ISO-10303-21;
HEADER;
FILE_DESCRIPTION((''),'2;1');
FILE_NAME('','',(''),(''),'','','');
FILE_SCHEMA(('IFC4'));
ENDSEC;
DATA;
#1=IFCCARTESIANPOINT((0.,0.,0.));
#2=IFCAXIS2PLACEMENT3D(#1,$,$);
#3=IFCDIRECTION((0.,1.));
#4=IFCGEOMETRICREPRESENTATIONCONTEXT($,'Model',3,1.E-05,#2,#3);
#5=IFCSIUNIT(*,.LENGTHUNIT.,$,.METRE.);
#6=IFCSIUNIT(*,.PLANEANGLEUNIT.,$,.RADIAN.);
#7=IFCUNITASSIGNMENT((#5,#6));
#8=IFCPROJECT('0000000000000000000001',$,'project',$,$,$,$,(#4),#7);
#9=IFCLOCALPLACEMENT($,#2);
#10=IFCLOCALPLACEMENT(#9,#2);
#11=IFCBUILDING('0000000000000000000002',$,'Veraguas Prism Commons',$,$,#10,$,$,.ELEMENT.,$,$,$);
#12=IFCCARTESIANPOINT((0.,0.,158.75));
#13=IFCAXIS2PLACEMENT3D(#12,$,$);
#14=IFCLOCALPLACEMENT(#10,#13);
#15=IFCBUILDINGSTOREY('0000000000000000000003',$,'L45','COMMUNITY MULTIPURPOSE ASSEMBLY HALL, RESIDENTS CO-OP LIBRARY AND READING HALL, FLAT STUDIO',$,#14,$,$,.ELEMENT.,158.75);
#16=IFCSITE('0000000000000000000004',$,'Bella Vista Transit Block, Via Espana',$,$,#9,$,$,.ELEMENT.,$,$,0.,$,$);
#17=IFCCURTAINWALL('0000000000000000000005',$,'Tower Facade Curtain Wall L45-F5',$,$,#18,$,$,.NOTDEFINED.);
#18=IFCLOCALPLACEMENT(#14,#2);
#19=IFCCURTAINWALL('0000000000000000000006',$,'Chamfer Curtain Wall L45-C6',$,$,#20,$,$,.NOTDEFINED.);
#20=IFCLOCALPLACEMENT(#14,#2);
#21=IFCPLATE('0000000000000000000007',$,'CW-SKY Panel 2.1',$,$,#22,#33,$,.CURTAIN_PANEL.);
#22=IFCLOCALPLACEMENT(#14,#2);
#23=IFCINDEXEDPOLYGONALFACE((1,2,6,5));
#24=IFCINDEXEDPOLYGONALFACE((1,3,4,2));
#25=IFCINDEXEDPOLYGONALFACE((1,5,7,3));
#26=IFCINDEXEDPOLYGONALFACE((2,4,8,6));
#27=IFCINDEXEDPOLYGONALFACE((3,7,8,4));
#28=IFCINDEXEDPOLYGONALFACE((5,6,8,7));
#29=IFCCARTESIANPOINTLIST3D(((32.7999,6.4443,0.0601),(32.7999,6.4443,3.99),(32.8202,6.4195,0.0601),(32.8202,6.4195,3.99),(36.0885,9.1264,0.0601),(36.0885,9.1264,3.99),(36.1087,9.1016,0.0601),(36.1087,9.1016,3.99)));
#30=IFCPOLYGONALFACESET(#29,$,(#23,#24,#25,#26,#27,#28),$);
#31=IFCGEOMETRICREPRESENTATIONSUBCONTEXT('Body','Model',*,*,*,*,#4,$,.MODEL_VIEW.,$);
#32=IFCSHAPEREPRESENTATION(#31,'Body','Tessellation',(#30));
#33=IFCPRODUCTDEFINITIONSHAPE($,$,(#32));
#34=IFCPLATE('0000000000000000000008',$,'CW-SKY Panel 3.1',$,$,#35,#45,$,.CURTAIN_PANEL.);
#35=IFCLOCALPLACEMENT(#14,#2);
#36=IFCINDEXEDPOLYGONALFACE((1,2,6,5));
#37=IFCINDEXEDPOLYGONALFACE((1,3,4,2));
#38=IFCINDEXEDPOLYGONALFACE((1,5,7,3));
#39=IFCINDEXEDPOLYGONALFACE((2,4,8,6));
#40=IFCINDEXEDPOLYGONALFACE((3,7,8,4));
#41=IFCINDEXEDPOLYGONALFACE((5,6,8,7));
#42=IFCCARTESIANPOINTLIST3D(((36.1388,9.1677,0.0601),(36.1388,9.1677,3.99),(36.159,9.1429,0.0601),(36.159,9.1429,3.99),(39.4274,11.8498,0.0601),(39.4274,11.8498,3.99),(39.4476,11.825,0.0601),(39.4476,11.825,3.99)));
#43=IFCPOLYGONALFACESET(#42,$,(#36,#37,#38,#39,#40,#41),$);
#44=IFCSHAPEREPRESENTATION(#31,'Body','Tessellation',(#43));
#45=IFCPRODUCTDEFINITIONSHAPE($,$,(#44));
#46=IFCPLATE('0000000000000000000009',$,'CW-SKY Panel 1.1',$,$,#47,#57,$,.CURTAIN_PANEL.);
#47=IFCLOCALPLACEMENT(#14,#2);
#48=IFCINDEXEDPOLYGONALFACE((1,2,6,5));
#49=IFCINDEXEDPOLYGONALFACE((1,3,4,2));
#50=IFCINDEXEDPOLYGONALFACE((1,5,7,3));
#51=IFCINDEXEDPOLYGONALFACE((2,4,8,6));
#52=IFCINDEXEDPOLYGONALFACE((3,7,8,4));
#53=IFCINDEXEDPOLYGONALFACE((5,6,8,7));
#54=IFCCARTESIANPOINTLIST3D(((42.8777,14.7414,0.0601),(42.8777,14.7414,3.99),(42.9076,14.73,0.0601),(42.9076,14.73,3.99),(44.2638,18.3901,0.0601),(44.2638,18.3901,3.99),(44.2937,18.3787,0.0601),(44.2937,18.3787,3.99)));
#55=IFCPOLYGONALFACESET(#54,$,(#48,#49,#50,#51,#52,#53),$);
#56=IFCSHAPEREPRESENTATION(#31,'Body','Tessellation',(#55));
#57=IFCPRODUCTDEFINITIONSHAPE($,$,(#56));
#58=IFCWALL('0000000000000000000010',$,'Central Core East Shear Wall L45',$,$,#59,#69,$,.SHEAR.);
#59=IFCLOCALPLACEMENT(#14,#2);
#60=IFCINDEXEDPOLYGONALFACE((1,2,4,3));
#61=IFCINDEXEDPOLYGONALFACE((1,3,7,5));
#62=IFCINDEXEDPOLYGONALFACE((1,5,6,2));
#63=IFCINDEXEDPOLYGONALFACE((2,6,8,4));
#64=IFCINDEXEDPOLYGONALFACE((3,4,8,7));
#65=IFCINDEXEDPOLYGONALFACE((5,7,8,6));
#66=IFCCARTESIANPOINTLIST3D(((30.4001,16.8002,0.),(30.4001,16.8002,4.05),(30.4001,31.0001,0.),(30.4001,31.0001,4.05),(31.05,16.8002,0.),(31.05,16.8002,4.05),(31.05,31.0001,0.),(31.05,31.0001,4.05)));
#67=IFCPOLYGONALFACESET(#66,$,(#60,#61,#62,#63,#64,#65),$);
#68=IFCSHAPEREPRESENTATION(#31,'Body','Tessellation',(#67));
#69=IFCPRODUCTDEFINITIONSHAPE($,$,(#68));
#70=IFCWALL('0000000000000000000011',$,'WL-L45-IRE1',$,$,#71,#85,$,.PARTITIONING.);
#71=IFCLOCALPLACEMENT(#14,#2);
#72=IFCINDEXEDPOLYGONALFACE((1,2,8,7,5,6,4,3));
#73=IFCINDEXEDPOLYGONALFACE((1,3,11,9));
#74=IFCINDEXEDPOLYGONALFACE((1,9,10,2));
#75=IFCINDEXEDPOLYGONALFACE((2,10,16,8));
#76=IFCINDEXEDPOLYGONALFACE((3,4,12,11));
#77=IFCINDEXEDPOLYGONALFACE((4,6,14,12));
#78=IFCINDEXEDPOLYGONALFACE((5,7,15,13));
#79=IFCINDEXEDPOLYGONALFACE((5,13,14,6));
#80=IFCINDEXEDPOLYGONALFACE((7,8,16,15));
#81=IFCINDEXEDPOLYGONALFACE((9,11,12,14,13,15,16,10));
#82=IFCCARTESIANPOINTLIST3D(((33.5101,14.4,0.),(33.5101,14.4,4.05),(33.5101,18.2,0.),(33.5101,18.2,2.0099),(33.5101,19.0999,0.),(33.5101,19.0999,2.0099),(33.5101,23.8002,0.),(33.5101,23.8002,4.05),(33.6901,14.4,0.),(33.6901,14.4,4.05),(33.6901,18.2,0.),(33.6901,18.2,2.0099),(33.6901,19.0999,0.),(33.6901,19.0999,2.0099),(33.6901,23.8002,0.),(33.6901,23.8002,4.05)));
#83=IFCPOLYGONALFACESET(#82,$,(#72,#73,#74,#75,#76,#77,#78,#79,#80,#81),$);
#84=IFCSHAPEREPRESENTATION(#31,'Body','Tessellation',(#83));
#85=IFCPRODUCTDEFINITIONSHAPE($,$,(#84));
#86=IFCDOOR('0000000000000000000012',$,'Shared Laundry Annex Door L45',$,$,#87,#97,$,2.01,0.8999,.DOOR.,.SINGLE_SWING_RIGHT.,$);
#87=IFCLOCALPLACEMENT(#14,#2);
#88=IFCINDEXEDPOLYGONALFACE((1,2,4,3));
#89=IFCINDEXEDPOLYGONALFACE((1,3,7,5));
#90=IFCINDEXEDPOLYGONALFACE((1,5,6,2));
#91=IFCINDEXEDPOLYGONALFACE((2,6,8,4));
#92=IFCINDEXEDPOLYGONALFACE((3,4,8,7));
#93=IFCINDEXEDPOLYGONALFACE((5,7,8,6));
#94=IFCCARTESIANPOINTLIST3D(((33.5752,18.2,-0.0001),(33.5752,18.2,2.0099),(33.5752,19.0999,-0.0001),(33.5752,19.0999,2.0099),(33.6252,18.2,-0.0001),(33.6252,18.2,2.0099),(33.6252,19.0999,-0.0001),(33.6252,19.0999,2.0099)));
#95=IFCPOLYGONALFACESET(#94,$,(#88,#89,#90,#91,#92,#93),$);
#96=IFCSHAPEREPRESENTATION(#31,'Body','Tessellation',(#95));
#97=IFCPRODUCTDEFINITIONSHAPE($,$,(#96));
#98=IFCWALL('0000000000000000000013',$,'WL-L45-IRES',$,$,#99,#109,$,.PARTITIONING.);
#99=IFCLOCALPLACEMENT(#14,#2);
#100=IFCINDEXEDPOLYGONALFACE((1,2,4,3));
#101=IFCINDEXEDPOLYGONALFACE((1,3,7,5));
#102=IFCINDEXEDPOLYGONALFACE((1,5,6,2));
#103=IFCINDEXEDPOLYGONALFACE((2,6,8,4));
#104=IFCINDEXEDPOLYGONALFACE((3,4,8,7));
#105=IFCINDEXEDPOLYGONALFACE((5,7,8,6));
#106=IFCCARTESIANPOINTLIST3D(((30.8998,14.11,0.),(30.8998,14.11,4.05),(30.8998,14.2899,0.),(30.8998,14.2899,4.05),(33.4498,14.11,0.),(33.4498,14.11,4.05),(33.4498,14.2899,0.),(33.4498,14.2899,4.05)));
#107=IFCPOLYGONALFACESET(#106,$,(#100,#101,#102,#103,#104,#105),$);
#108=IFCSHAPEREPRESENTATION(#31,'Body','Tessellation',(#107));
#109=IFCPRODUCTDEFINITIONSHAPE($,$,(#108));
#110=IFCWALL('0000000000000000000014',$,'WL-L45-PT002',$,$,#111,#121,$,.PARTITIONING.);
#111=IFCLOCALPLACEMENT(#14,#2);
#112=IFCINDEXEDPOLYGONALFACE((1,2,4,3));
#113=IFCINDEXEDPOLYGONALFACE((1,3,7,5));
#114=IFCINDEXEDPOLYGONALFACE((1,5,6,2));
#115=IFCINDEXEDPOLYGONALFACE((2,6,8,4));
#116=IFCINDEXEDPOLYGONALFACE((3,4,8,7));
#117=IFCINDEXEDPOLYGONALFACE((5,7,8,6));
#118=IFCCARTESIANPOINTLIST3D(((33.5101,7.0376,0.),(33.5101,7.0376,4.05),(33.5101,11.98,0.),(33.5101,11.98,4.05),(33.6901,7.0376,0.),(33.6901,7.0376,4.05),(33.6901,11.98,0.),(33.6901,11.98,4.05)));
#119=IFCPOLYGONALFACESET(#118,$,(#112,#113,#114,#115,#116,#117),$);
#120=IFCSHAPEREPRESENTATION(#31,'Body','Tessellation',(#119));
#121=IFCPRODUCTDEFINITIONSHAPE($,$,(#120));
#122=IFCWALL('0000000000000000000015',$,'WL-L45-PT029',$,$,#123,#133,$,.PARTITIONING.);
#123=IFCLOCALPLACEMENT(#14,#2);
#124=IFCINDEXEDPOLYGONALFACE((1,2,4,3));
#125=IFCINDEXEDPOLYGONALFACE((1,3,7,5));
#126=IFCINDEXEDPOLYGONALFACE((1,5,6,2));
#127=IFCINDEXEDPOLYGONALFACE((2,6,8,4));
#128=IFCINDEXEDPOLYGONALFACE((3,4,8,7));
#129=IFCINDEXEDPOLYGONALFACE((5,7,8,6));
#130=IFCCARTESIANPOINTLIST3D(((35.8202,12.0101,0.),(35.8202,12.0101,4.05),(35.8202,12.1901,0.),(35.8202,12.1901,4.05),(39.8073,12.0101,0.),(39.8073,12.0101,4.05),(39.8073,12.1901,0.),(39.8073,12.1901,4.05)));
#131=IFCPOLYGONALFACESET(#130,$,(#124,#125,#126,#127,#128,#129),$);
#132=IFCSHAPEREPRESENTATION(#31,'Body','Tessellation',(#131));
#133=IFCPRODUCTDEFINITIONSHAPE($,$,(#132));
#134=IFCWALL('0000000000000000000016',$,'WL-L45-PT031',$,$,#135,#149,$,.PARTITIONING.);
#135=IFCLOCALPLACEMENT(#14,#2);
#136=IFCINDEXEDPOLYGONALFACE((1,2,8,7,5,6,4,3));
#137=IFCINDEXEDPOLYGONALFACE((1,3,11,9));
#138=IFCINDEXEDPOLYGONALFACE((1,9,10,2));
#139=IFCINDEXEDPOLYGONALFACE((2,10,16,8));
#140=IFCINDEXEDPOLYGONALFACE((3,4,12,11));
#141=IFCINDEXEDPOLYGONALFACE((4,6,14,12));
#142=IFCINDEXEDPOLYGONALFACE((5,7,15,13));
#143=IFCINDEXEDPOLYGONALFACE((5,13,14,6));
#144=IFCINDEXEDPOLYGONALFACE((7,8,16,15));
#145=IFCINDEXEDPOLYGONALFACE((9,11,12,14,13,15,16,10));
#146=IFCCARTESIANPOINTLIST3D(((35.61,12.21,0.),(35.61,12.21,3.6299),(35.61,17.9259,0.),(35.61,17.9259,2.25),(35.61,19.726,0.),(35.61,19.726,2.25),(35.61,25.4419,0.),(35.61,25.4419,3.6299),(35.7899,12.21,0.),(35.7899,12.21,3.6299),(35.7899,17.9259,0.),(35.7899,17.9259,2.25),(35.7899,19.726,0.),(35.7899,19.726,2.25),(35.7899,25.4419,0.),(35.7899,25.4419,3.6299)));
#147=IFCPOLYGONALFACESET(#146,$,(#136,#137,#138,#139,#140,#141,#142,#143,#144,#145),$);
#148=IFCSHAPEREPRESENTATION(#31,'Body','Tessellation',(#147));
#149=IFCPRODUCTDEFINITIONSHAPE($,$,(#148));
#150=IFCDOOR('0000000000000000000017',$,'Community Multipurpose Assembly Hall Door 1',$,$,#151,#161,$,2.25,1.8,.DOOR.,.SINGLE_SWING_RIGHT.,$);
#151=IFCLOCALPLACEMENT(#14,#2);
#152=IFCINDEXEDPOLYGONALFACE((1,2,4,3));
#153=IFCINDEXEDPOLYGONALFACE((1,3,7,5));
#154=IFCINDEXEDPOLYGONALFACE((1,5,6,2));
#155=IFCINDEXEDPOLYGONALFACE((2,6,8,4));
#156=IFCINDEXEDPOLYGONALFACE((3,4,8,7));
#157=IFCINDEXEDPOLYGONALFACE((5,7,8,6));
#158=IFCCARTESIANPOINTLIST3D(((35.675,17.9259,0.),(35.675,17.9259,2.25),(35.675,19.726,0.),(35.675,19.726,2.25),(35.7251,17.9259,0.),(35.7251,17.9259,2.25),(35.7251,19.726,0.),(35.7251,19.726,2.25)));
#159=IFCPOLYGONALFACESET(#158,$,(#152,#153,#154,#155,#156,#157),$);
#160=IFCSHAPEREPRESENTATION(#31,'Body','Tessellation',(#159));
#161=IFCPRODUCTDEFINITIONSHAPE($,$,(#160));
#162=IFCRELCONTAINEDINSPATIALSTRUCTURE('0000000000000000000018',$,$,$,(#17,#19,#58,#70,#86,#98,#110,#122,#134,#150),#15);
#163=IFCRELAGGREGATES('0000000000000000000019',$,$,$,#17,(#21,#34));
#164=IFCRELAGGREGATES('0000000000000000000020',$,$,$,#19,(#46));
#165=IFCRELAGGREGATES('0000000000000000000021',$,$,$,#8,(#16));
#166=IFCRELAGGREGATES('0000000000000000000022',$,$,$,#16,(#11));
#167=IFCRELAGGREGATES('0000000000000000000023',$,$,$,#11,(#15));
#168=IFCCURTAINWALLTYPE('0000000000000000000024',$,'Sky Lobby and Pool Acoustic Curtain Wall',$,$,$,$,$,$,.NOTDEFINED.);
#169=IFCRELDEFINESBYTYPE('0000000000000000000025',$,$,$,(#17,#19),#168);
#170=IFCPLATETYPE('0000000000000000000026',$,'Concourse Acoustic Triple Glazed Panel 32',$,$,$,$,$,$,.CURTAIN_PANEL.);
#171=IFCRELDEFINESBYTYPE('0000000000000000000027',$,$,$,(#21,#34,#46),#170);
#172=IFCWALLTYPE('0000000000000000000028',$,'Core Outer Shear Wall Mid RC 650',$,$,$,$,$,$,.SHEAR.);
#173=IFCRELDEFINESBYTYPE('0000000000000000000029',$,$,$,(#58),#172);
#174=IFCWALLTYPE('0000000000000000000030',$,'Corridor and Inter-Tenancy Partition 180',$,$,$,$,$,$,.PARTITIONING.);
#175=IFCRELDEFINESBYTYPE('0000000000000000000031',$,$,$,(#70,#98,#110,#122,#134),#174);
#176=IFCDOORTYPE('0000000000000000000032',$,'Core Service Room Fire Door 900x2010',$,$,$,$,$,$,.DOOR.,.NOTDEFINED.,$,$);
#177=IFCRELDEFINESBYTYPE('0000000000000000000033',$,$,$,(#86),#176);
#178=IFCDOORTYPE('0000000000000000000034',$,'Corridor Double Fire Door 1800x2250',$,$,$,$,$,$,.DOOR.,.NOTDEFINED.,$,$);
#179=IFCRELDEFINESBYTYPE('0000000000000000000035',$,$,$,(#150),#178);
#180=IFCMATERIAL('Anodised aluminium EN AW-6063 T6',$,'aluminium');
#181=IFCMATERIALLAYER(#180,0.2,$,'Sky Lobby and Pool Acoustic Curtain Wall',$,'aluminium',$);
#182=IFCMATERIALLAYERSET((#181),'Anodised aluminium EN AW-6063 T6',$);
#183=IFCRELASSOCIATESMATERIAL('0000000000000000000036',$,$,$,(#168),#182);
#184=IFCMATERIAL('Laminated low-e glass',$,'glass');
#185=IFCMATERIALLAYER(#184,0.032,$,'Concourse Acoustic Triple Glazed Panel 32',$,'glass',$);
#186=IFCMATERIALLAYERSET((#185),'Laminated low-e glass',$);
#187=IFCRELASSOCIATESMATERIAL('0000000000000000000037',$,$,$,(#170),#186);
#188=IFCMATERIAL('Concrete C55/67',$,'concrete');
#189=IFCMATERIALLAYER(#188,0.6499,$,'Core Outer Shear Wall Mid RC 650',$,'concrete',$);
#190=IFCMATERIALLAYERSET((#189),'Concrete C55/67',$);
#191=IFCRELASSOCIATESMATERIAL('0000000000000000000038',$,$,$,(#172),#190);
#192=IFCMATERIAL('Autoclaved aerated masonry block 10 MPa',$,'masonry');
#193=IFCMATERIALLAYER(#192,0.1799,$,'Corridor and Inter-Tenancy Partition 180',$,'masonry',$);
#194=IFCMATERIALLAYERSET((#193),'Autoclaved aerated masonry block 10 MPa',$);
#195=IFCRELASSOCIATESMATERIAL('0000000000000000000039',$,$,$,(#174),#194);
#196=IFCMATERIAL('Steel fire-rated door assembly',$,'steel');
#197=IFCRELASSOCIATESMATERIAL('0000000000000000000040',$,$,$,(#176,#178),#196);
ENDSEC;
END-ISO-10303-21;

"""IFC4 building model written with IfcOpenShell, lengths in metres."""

from ifc_helpers import new_model, si_unit, direction, frame, frame_2d, origin, origin_2d, place, context, subcontext, project, spatial, rectangle, extrude, source, transform, mapped, material, layer, layer_set, type_object, element, fill, aggregate, save


model = new_model("IFC4")

# Units and contexts
model_context = context("Model", 3, precision=1e-05, world=origin(), true_north=direction((0.0, 1.0)))
body_context = subcontext(model_context, "Body", "Model", "MODEL_VIEW")
ifc_project = project(units=[si_unit("LENGTHUNIT", "METRE"), si_unit("PLANEANGLEUNIT", "RADIAN")], contexts=[model_context])

# Site, building, storey
site_placement = place(None, origin())
site = spatial("IfcSite", under=ifc_project, at=site_placement, Name="Bella Vista Transit Block, Via Espana", CompositionType="ELEMENT", RefElevation=0.0)
building_placement = place(site_placement, origin())
building = spatial("IfcBuilding", under=site, at=building_placement, Name="Veraguas Prism Commons", CompositionType="ELEMENT")
storey_placement = place(building_placement, frame((0.0, 0.0, 158.75)))
storey = spatial("IfcBuildingStorey", under=building, at=storey_placement, Name="L45", Description="COMMUNITY MULTIPURPOSE ASSEMBLY HALL, RESIDENTS CO-OP LIBRARY AND READING HALL, FLAT STUDIO", CompositionType="ELEMENT", Elevation=158.75)

# Curtain wall
ifc_material_1 = material(Name="Anodised aluminium EN AW-6063 T6", Category="aluminium")
ifc_layer_1 = layer(ifc_material_1, 0.2, Name="Sky Lobby and Pool Acoustic Curtain Wall", Category="aluminium")
ifc_layer_set_1 = layer_set([ifc_layer_1], Name="Anodised aluminium EN AW-6063 T6")
curtain_wall_type = type_object("IfcCurtainWallType", Name="Sky Lobby and Pool Acoustic Curtain Wall", PredefinedType="NOTDEFINED", material=ifc_layer_set_1)
curtain_wall_1_placement = place(storey_placement, origin())
curtain_wall_1 = element("IfcCurtainWall", 1, at=curtain_wall_1_placement, inside=storey, type_object=curtain_wall_type, Name="Tower Facade Curtain Wall L45-F5", PredefinedType="NOTDEFINED")

# Curtain wall
curtain_wall_2_placement = place(storey_placement, origin())
curtain_wall_2 = element("IfcCurtainWall", 2, at=curtain_wall_2_placement, inside=storey, type_object=curtain_wall_type, Name="Chamfer Curtain Wall L45-C6", PredefinedType="NOTDEFINED")

# Plates
ifc_material_2 = material(Name="Laminated low-e glass", Category="glass")
ifc_layer_2 = layer(ifc_material_2, 0.032, Name="Concourse Acoustic Triple Glazed Panel 32", Category="glass")
ifc_layer_set_2 = layer_set([ifc_layer_2], Name="Laminated low-e glass")
plate_type = type_object("IfcPlateType", Name="Concourse Acoustic Triple Glazed Panel 32", PredefinedType="CURTAIN_PANEL", material=ifc_layer_set_2)
shared_shape_1 = source(origin(), body_context, "Body", "SweptSolid", [
    extrude(rectangle(XDim=4.2437, YDim=0.032, at=origin_2d()), origin(), (0.0, 0.0, 1.0), 3.9299),
])
plate_1_placement = place(storey_placement, frame((34.4543, 7.7729, 0.0601), z_axis=(0.0, 0.0, 1.0), x_axis=(0.774943, 0.632031, 0.0)))
plate_1 = element("IfcPlate", 3, at=plate_1_placement, type_object=plate_type, Name="CW-SKY Panel 2.1", PredefinedType="CURTAIN_PANEL", context=body_context, shape_type="MappedRepresentation", body=[
    mapped(shared_shape_1, transform((0.0, 0.0, 0.0), scale=1.0)),
])
plate_2_placement = place(storey_placement, frame((37.7932, 10.4963, 0.0601), z_axis=(0.0, 0.0, 1.0), x_axis=(0.774943, 0.632031, 0.0)))
plate_2 = element("IfcPlate", 4, at=plate_2_placement, type_object=plate_type, Name="CW-SKY Panel 3.1", PredefinedType="CURTAIN_PANEL", context=body_context, shape_type="MappedRepresentation", body=[
    mapped(shared_shape_1, transform((0.0, 0.0, 0.0), scale=1.0)),
])
aggregate(curtain_wall_1, [plate_1, plate_2])
shared_shape_2 = source(origin(), body_context, "Body", "SweptSolid", [
    extrude(rectangle(XDim=3.9031, YDim=0.032, at=origin_2d()), origin(), (0.0, 0.0, 1.0), 3.9299),
])
plate_3_placement = place(storey_placement, frame((43.5857, 16.5601, 0.0601), z_axis=(0.0, 0.0, 1.0), x_axis=(0.355115, 0.934823, 0.0)))
plate_3 = element("IfcPlate", 5, at=plate_3_placement, type_object=plate_type, Name="CW-SKY Panel 1.1", PredefinedType="CURTAIN_PANEL", context=body_context, shape_type="MappedRepresentation", body=[
    mapped(shared_shape_2, transform((0.0, 0.0, 0.0), scale=1.0)),
])
aggregate(curtain_wall_2, [plate_3])

# Wall
ifc_material_3 = material(Name="Concrete C55/67", Category="concrete")
ifc_layer_3 = layer(ifc_material_3, 0.6499, Name="Core Outer Shear Wall Mid RC 650", Category="concrete")
ifc_layer_set_3 = layer_set([ifc_layer_3], Name="Concrete C55/67")
wall_type_1 = type_object("IfcWallType", Name="Core Outer Shear Wall Mid RC 650", PredefinedType="SHEAR", material=ifc_layer_set_3)
wall_1_placement = place(storey_placement, frame((30.7251, 16.8, 0.0), z_axis=(0.0, 0.0, 1.0), x_axis=(0.0, 1.0, 0.0)))
element("IfcWall", 6, at=wall_1_placement, inside=storey, type_object=wall_type_1, Name="Central Core East Shear Wall L45", PredefinedType="SHEAR", context=body_context, shape_type="SweptSolid", body=[
    extrude(rectangle(XDim=14.2, YDim=0.6499, at=frame_2d((7.1001, 0.0))), origin(), (0.0, 0.0, 1.0), 4.05),
])

# Wall, opening, door
ifc_material_4 = material(Name="Autoclaved aerated masonry block 10 MPa", Category="masonry")
ifc_layer_4 = layer(ifc_material_4, 0.1799, Name="Corridor and Inter-Tenancy Partition 180", Category="masonry")
ifc_layer_set_4 = layer_set([ifc_layer_4], Name="Autoclaved aerated masonry block 10 MPa")
wall_type_2 = type_object("IfcWallType", Name="Corridor and Inter-Tenancy Partition 180", PredefinedType="PARTITIONING", material=ifc_layer_set_4)
wall_2_placement = place(storey_placement, frame((33.6001, 14.3999, 0.0), z_axis=(0.0, 0.0, 1.0), x_axis=(0.0, 1.0, 0.0)))
wall_2 = element("IfcWall", 7, at=wall_2_placement, inside=storey, type_object=wall_type_2, Name="WL-L45-IRE1", PredefinedType="PARTITIONING", context=body_context, shape_type="SweptSolid", body=[
    extrude(rectangle(XDim=9.4001, YDim=0.1799, at=frame_2d((4.7002, 0.0))), origin(), (0.0, 0.0, 1.0), 4.05),
])
opening_1_placement = place(wall_2_placement, frame((3.8, 0.0, 0.0)))
opening_1 = element("IfcOpeningElement", 8, at=opening_1_placement, cuts=wall_2, PredefinedType="OPENING", context=body_context, shape_type="SweptSolid", body=[
    extrude(rectangle(XDim=0.8999, YDim=2.01, at=frame_2d((0.45, 1.0049))), frame((0.0, 0.0999, 0.0), z_axis=(0.0, -1.0, 0.0), x_axis=(1.0, 0.0, 0.0)), (0.0, 0.0, 1.0), 0.2),
])
ifc_material_5 = material(Name="Steel fire-rated door assembly", Category="steel")
door_type_1 = type_object("IfcDoorType", Name="Core Service Room Fire Door 900x2010", OperationType="NOTDEFINED", PredefinedType="DOOR", material=ifc_material_5)
shared_shape_3 = source(origin(), body_context, "Body", "SweptSolid", [
    extrude(rectangle(XDim=0.8999, YDim=2.01, at=frame_2d((0.45, 1.0049))), frame((0.0, 0.0249, 0.0), z_axis=(0.0, -1.0, 0.0), x_axis=(1.0, 0.0, 0.0)), (0.0, 0.0, 1.0), 0.05),
])
door_1_placement = place(opening_1_placement, origin())
door_1 = element("IfcDoor", 9, at=door_1_placement, inside=storey, type_object=door_type_1, Name="Shared Laundry Annex Door L45", OperationType="SINGLE_SWING_RIGHT", OverallHeight=2.01, OverallWidth=0.8999, PredefinedType="DOOR", context=body_context, shape_type="MappedRepresentation", body=[
    mapped(shared_shape_3, transform((0.0, 0.0, 0.0), scale=1.0)),
])
fill(opening_1, door_1)

# Walls
wall_3_placement = place(storey_placement, frame((30.8999, 14.2, 0.0), z_axis=(0.0, 0.0, 1.0), x_axis=(1.0, 0.0, 0.0)))
element("IfcWall", 10, at=wall_3_placement, inside=storey, type_object=wall_type_2, Name="WL-L45-IRES", PredefinedType="PARTITIONING", context=body_context, shape_type="SweptSolid", body=[
    extrude(rectangle(XDim=2.55, YDim=0.1799, at=frame_2d((1.2749, 0.0))), origin(), (0.0, 0.0, 1.0), 4.05),
])
wall_4_placement = place(storey_placement, frame((33.6001, 11.98, 0.0), z_axis=(0.0, 0.0, 1.0), x_axis=(0.0, -1.0, 0.0)))
element("IfcWall", 11, at=wall_4_placement, inside=storey, type_object=wall_type_2, Name="WL-L45-PT002", PredefinedType="PARTITIONING", context=body_context, shape_type="SweptSolid", body=[
    extrude(rectangle(XDim=4.9424, YDim=0.1799, at=frame_2d((2.4712, 0.0))), origin(), (0.0, 0.0, 1.0), 4.05),
])
wall_5_placement = place(storey_placement, frame((35.8201, 12.1001, 0.0), z_axis=(0.0, 0.0, 1.0), x_axis=(1.0, 0.0, 0.0)))
element("IfcWall", 12, at=wall_5_placement, inside=storey, type_object=wall_type_2, Name="WL-L45-PT029", PredefinedType="PARTITIONING", context=body_context, shape_type="SweptSolid", body=[
    extrude(rectangle(XDim=3.9871, YDim=0.1799, at=frame_2d((1.9937, 0.0))), origin(), (0.0, 0.0, 1.0), 4.05),
])

# Wall, opening, door
wall_6_placement = place(storey_placement, frame((35.7, 12.21, 0.0), z_axis=(0.0, 0.0, 1.0), x_axis=(0.0, 1.0, 0.0)))
wall_6 = element("IfcWall", 13, at=wall_6_placement, inside=storey, type_object=wall_type_2, Name="WL-L45-PT031", PredefinedType="PARTITIONING", context=body_context, shape_type="SweptSolid", body=[
    extrude(rectangle(XDim=13.2319, YDim=0.1799, at=frame_2d((6.616, 0.0))), origin(), (0.0, 0.0, 1.0), 3.6299),
])
opening_2_placement = place(wall_6_placement, frame((5.7161, 0.0, 0.0)))
opening_2 = element("IfcOpeningElement", 14, at=opening_2_placement, cuts=wall_6, PredefinedType="OPENING", context=body_context, shape_type="SweptSolid", body=[
    extrude(rectangle(XDim=1.8, YDim=2.25, at=frame_2d((0.8999, 1.125))), frame((0.0, 0.0999, 0.0), z_axis=(0.0, -1.0, 0.0), x_axis=(1.0, 0.0, 0.0)), (0.0, 0.0, 1.0), 0.2),
])
door_type_2 = type_object("IfcDoorType", Name="Corridor Double Fire Door 1800x2250", OperationType="NOTDEFINED", PredefinedType="DOOR", material=ifc_material_5)
shared_shape_4 = source(origin(), body_context, "Body", "SweptSolid", [
    extrude(rectangle(XDim=1.8, YDim=2.25, at=frame_2d((0.8999, 1.125))), frame((0.0, 0.0249, 0.0), z_axis=(0.0, -1.0, 0.0), x_axis=(1.0, 0.0, 0.0)), (0.0, 0.0, 1.0), 0.05),
])
door_2_placement = place(opening_2_placement, origin())
door_2 = element("IfcDoor", 15, at=door_2_placement, inside=storey, type_object=door_type_2, Name="Community Multipurpose Assembly Hall Door 1", OperationType="SINGLE_SWING_RIGHT", OverallHeight=2.25, OverallWidth=1.8, PredefinedType="DOOR", context=body_context, shape_type="MappedRepresentation", body=[
    mapped(shared_shape_4, transform((0.0, 0.0, 0.0), scale=1.0)),
])
fill(opening_2, door_2)

save(model, "model.ifc")
